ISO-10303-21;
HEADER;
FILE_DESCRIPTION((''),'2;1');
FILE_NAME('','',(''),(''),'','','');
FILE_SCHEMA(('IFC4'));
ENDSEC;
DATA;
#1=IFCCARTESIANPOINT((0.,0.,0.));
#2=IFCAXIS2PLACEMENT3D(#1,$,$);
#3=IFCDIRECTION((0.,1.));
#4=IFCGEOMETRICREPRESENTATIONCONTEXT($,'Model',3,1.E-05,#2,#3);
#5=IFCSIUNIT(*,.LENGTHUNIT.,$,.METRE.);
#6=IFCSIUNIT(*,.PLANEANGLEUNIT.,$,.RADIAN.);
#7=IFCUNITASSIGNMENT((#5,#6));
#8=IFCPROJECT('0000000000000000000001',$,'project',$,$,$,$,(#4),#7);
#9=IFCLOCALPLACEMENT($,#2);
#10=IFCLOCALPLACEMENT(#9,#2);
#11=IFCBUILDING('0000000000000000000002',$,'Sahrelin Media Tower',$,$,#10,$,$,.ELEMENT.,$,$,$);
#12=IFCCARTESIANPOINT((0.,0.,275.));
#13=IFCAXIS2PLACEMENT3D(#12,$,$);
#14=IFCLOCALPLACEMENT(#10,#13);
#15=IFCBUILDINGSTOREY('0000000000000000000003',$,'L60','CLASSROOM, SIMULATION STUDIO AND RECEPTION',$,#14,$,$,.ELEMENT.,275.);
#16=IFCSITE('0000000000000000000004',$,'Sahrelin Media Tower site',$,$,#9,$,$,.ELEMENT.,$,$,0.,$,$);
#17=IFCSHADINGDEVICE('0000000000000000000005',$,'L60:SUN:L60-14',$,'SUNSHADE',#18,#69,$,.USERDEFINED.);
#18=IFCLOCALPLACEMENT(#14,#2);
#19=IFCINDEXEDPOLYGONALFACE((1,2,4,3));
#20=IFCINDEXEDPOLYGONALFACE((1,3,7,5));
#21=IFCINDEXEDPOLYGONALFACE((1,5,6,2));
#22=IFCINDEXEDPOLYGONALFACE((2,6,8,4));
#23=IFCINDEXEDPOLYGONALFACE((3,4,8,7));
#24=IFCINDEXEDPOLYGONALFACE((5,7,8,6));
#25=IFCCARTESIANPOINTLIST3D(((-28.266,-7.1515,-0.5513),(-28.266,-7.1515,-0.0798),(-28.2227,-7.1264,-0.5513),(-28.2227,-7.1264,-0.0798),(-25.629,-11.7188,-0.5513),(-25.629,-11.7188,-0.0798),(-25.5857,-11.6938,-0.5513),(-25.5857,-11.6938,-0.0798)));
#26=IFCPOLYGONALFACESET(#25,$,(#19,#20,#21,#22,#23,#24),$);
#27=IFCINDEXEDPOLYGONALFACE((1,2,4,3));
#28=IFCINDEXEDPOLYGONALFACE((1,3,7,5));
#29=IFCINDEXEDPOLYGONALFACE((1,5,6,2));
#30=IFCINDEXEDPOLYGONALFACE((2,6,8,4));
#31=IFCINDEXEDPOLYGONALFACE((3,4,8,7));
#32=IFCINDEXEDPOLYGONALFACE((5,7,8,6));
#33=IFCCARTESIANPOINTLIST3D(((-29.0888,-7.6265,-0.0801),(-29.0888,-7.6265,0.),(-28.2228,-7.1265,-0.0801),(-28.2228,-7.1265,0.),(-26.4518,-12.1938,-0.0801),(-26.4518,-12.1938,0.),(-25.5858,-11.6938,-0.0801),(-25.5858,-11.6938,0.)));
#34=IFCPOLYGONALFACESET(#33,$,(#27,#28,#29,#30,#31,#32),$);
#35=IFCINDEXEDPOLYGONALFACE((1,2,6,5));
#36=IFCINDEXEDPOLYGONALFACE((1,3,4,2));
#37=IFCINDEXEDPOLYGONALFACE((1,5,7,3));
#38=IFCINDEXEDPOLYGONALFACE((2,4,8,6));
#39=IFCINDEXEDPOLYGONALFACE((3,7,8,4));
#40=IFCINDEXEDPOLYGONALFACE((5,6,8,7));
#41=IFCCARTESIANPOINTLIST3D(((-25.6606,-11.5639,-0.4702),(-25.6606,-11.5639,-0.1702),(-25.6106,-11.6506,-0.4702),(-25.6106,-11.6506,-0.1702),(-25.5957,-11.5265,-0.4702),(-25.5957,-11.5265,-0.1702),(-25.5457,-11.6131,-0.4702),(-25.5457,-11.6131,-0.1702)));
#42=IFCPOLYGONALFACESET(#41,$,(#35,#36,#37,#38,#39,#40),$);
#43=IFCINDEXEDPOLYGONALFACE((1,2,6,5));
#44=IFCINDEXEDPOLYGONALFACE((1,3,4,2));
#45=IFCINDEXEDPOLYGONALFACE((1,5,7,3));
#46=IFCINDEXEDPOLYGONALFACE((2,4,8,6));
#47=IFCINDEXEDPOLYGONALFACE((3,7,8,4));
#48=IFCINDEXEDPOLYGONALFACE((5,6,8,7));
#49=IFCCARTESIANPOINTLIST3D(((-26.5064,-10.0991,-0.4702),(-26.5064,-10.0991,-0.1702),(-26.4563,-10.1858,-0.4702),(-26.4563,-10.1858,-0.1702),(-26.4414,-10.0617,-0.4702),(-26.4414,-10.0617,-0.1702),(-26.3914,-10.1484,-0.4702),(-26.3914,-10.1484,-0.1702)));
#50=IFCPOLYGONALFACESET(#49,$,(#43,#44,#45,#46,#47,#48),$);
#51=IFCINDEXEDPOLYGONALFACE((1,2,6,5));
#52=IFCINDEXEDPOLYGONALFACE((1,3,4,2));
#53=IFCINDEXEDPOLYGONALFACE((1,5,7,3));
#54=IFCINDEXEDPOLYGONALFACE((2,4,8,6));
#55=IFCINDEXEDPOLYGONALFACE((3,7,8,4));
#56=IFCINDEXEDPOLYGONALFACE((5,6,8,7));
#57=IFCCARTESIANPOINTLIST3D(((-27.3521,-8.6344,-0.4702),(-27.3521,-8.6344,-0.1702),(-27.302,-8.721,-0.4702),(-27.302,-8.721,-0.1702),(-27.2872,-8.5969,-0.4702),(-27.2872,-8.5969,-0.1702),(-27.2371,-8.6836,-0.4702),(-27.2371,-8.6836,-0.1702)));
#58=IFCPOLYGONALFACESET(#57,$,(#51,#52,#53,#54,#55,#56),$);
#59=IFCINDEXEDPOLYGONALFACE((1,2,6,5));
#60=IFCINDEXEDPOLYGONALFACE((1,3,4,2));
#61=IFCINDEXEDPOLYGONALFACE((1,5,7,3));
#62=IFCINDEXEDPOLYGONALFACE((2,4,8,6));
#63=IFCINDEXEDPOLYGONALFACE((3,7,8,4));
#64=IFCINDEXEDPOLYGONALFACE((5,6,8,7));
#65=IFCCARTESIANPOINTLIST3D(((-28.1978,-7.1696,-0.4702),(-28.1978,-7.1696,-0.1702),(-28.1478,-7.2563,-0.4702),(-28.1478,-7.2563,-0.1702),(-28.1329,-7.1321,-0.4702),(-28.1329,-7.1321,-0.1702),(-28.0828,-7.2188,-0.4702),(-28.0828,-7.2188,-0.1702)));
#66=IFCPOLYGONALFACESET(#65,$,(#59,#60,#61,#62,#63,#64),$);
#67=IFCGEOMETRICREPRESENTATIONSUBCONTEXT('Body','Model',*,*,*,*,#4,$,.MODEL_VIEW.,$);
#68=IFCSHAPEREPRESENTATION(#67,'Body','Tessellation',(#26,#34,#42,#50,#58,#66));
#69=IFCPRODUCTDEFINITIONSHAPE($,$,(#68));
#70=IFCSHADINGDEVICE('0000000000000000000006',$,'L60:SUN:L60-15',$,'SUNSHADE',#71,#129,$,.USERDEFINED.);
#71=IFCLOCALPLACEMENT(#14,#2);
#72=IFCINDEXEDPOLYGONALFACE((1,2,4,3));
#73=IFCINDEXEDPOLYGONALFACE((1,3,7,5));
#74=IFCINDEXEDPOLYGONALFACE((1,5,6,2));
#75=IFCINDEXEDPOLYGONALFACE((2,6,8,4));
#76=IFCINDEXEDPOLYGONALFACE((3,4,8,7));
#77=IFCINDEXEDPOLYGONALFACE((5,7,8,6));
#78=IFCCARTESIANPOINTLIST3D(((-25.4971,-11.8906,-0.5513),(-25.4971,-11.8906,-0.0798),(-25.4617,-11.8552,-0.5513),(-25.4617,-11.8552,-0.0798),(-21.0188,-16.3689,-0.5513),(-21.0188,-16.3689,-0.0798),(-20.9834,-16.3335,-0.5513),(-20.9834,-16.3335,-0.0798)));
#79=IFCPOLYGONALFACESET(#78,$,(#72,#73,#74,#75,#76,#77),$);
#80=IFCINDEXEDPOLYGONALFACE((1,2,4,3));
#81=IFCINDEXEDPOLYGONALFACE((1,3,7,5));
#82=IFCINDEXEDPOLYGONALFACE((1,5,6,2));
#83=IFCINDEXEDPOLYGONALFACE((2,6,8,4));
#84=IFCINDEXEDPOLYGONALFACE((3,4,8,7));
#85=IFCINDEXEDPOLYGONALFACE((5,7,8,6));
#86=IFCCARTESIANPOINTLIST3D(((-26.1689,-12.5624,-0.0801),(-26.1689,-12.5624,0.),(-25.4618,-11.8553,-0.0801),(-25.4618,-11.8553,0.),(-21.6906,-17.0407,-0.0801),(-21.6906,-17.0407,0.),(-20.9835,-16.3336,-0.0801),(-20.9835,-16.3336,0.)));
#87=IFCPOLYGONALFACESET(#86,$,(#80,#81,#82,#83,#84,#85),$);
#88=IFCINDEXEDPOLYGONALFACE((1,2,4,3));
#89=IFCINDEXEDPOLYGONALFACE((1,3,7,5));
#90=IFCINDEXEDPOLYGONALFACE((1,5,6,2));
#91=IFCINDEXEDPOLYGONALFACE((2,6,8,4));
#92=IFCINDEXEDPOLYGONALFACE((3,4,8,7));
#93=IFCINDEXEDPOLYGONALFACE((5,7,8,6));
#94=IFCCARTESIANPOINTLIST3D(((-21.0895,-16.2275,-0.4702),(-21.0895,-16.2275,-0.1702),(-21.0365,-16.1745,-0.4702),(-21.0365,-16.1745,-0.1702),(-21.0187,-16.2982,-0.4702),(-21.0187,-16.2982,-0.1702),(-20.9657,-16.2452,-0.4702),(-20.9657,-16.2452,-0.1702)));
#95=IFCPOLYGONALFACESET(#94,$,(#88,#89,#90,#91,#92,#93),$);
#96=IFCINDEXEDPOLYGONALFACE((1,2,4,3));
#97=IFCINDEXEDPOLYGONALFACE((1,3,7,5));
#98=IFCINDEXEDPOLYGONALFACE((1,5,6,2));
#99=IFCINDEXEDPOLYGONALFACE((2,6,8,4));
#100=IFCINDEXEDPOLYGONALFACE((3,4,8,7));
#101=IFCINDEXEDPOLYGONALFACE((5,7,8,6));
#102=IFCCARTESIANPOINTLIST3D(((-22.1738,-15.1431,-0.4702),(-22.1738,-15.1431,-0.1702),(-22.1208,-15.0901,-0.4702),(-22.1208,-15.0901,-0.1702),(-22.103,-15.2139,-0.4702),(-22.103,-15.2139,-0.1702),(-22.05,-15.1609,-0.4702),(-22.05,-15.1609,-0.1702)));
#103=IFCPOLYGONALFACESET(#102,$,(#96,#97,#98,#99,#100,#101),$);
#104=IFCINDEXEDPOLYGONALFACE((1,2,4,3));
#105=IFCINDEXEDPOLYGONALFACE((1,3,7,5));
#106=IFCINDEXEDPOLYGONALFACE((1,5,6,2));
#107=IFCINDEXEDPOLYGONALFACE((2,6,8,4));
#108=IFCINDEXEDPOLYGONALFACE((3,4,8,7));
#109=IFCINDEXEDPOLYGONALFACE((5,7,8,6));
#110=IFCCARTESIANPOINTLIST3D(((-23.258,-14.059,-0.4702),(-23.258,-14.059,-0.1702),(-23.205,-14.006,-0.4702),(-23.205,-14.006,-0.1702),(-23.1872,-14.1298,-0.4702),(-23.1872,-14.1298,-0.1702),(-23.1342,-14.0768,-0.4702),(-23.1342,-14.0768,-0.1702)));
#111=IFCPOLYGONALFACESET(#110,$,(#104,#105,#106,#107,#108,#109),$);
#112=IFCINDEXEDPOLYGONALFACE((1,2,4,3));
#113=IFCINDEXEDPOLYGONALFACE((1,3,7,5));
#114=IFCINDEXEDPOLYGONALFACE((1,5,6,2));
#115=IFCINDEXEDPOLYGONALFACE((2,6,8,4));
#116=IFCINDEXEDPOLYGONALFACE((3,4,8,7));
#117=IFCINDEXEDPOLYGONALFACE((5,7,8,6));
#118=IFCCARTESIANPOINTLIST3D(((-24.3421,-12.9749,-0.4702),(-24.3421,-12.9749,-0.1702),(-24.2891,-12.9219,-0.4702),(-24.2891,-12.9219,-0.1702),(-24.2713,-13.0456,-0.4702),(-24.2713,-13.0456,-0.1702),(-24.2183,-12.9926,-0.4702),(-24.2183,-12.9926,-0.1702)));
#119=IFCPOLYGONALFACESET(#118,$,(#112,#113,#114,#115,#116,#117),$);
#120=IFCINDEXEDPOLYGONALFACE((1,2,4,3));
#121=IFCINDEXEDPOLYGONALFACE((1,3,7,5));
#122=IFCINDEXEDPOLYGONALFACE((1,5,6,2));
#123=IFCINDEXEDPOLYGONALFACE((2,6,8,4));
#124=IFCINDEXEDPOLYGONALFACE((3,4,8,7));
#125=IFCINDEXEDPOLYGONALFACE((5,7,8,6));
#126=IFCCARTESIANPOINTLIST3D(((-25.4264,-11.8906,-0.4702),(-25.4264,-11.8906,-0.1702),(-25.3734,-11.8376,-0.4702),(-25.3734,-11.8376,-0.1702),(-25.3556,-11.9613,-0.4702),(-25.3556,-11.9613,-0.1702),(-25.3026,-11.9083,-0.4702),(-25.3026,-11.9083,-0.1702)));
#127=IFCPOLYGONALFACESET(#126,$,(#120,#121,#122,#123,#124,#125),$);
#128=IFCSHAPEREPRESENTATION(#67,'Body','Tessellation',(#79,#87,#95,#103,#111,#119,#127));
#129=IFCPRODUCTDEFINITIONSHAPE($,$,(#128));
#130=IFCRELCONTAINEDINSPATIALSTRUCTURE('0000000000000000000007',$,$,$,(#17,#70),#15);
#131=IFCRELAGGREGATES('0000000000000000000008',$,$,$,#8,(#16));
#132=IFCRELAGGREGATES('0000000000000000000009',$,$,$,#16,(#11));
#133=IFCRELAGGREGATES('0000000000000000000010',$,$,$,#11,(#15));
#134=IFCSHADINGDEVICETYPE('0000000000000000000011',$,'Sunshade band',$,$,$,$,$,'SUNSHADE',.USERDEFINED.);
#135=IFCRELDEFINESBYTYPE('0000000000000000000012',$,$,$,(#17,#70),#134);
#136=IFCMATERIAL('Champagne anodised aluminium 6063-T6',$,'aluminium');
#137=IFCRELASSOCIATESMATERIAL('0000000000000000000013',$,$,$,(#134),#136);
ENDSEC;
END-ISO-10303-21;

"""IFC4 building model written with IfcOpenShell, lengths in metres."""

from ifc_helpers import new_model, si_unit, direction, frame, origin, origin_2d, place, context, subcontext, project, spatial, rectangle, extrude, material, type_object, element, save


model = new_model("IFC4")

# Units and contexts
model_context = context("Model", 3, precision=1e-05, world=origin(), true_north=direction((0.0, 1.0)))
body_context = subcontext(model_context, "Body", "Model", "MODEL_VIEW")
ifc_project = project(units=[si_unit("LENGTHUNIT", "METRE"), si_unit("PLANEANGLEUNIT", "RADIAN")], contexts=[model_context])

# Site, building, storey
site_placement = place(None, origin())
site = spatial("IfcSite", under=ifc_project, at=site_placement, Name="Sahrelin Media Tower site", CompositionType="ELEMENT", RefElevation=0.0)
building_placement = place(site_placement, origin())
building = spatial("IfcBuilding", under=site, at=building_placement, Name="Sahrelin Media Tower", CompositionType="ELEMENT")
storey_placement = place(building_placement, frame((0.0, 0.0, 275.0)))
storey = spatial("IfcBuildingStorey", under=building, at=storey_placement, Name="L60", Description="CLASSROOM, SIMULATION STUDIO AND RECEPTION", CompositionType="ELEMENT", Elevation=275.0)

# Shared definitions
ifc_material_1 = material(Name="Champagne anodised aluminium 6063-T6", Category="aluminium")

# Shared definitions
placement_1 = place(storey_placement, frame((-26.887, -9.4001, 0.0), z_axis=(0.0, 0.0, 1.0), x_axis=(-0.500011, 0.866019, 0.0)))
placement_2 = place(storey_placement, frame((-23.2085, -14.0803, 0.0), z_axis=(0.0, 0.0, 1.0), x_axis=(-0.707107, 0.707107, 0.0)))

# Shading devices
shading_device_type_1 = type_object("IfcShadingDeviceType", Name="Sunshade band", ElementType="SUNSHADE", PredefinedType="USERDEFINED", material=ifc_material_1)
element("IfcShadingDevice", 1, at=placement_1, inside=storey, type_object=shading_device_type_1, Name="L60:SUN:L60-14", ObjectType="SUNSHADE", PredefinedType="USERDEFINED", context=body_context, shape_type="SweptSolid", body=[
    extrude(rectangle(XDim=5.2739, YDim=0.05, at=origin_2d()), frame((0.0, 0.0449, -0.5513)), (0.0, 0.0, 1.0), 0.4714),
    extrude(rectangle(XDim=5.2739, YDim=1.0, at=origin_2d()), frame((0.0, 0.52, -0.0801)), (0.0, 0.0, 1.0), 0.0801),
    extrude(rectangle(XDim=0.1001, YDim=0.075, at=origin_2d()), frame((-2.5371, -0.0176, -0.4702)), (0.0, 0.0, 1.0), 0.3),
    extrude(rectangle(XDim=0.1001, YDim=0.075, at=origin_2d()), frame((-0.8457, -0.0176, -0.4702)), (0.0, 0.0, 1.0), 0.3),
    extrude(rectangle(XDim=0.1001, YDim=0.075, at=origin_2d()), frame((0.8457, -0.0176, -0.4702)), (0.0, 0.0, 1.0), 0.3),
    extrude(rectangle(XDim=0.1001, YDim=0.075, at=origin_2d()), frame((2.5371, -0.0176, -0.4702)), (0.0, 0.0, 1.0), 0.3),
])
element("IfcShadingDevice", 2, at=placement_2, inside=storey, type_object=shading_device_type_1, Name="L60:SUN:L60-15", ObjectType="SUNSHADE", PredefinedType="USERDEFINED", context=body_context, shape_type="SweptSolid", body=[
    extrude(rectangle(XDim=6.3333, YDim=0.05, at=origin_2d()), frame((0.0, 0.0449, -0.5513)), (0.0, 0.0, 1.0), 0.4714),
    extrude(rectangle(XDim=6.3333, YDim=1.0, at=origin_2d()), frame((0.0, 0.52, -0.0801)), (0.0, 0.0, 1.0), 0.0801),
    extrude(rectangle(XDim=0.1001, YDim=0.075, at=origin_2d()), frame((-3.0667, -0.0176, -0.4702)), (0.0, 0.0, 1.0), 0.3),
    extrude(rectangle(XDim=0.1001, YDim=0.075, at=origin_2d()), frame((-1.5332, -0.0176, -0.4702)), (0.0, 0.0, 1.0), 0.3),
    extrude(rectangle(XDim=0.1001, YDim=0.075, at=origin_2d()), frame((0.0, -0.0176, -0.4702)), (0.0, 0.0, 1.0), 0.3),
    extrude(rectangle(XDim=0.1001, YDim=0.075, at=origin_2d()), frame((1.5332, -0.0176, -0.4702)), (0.0, 0.0, 1.0), 0.3),
    extrude(rectangle(XDim=0.1001, YDim=0.075, at=origin_2d()), frame((3.0667, -0.0176, -0.4702)), (0.0, 0.0, 1.0), 0.3),
])

save(model, "model.ifc")
